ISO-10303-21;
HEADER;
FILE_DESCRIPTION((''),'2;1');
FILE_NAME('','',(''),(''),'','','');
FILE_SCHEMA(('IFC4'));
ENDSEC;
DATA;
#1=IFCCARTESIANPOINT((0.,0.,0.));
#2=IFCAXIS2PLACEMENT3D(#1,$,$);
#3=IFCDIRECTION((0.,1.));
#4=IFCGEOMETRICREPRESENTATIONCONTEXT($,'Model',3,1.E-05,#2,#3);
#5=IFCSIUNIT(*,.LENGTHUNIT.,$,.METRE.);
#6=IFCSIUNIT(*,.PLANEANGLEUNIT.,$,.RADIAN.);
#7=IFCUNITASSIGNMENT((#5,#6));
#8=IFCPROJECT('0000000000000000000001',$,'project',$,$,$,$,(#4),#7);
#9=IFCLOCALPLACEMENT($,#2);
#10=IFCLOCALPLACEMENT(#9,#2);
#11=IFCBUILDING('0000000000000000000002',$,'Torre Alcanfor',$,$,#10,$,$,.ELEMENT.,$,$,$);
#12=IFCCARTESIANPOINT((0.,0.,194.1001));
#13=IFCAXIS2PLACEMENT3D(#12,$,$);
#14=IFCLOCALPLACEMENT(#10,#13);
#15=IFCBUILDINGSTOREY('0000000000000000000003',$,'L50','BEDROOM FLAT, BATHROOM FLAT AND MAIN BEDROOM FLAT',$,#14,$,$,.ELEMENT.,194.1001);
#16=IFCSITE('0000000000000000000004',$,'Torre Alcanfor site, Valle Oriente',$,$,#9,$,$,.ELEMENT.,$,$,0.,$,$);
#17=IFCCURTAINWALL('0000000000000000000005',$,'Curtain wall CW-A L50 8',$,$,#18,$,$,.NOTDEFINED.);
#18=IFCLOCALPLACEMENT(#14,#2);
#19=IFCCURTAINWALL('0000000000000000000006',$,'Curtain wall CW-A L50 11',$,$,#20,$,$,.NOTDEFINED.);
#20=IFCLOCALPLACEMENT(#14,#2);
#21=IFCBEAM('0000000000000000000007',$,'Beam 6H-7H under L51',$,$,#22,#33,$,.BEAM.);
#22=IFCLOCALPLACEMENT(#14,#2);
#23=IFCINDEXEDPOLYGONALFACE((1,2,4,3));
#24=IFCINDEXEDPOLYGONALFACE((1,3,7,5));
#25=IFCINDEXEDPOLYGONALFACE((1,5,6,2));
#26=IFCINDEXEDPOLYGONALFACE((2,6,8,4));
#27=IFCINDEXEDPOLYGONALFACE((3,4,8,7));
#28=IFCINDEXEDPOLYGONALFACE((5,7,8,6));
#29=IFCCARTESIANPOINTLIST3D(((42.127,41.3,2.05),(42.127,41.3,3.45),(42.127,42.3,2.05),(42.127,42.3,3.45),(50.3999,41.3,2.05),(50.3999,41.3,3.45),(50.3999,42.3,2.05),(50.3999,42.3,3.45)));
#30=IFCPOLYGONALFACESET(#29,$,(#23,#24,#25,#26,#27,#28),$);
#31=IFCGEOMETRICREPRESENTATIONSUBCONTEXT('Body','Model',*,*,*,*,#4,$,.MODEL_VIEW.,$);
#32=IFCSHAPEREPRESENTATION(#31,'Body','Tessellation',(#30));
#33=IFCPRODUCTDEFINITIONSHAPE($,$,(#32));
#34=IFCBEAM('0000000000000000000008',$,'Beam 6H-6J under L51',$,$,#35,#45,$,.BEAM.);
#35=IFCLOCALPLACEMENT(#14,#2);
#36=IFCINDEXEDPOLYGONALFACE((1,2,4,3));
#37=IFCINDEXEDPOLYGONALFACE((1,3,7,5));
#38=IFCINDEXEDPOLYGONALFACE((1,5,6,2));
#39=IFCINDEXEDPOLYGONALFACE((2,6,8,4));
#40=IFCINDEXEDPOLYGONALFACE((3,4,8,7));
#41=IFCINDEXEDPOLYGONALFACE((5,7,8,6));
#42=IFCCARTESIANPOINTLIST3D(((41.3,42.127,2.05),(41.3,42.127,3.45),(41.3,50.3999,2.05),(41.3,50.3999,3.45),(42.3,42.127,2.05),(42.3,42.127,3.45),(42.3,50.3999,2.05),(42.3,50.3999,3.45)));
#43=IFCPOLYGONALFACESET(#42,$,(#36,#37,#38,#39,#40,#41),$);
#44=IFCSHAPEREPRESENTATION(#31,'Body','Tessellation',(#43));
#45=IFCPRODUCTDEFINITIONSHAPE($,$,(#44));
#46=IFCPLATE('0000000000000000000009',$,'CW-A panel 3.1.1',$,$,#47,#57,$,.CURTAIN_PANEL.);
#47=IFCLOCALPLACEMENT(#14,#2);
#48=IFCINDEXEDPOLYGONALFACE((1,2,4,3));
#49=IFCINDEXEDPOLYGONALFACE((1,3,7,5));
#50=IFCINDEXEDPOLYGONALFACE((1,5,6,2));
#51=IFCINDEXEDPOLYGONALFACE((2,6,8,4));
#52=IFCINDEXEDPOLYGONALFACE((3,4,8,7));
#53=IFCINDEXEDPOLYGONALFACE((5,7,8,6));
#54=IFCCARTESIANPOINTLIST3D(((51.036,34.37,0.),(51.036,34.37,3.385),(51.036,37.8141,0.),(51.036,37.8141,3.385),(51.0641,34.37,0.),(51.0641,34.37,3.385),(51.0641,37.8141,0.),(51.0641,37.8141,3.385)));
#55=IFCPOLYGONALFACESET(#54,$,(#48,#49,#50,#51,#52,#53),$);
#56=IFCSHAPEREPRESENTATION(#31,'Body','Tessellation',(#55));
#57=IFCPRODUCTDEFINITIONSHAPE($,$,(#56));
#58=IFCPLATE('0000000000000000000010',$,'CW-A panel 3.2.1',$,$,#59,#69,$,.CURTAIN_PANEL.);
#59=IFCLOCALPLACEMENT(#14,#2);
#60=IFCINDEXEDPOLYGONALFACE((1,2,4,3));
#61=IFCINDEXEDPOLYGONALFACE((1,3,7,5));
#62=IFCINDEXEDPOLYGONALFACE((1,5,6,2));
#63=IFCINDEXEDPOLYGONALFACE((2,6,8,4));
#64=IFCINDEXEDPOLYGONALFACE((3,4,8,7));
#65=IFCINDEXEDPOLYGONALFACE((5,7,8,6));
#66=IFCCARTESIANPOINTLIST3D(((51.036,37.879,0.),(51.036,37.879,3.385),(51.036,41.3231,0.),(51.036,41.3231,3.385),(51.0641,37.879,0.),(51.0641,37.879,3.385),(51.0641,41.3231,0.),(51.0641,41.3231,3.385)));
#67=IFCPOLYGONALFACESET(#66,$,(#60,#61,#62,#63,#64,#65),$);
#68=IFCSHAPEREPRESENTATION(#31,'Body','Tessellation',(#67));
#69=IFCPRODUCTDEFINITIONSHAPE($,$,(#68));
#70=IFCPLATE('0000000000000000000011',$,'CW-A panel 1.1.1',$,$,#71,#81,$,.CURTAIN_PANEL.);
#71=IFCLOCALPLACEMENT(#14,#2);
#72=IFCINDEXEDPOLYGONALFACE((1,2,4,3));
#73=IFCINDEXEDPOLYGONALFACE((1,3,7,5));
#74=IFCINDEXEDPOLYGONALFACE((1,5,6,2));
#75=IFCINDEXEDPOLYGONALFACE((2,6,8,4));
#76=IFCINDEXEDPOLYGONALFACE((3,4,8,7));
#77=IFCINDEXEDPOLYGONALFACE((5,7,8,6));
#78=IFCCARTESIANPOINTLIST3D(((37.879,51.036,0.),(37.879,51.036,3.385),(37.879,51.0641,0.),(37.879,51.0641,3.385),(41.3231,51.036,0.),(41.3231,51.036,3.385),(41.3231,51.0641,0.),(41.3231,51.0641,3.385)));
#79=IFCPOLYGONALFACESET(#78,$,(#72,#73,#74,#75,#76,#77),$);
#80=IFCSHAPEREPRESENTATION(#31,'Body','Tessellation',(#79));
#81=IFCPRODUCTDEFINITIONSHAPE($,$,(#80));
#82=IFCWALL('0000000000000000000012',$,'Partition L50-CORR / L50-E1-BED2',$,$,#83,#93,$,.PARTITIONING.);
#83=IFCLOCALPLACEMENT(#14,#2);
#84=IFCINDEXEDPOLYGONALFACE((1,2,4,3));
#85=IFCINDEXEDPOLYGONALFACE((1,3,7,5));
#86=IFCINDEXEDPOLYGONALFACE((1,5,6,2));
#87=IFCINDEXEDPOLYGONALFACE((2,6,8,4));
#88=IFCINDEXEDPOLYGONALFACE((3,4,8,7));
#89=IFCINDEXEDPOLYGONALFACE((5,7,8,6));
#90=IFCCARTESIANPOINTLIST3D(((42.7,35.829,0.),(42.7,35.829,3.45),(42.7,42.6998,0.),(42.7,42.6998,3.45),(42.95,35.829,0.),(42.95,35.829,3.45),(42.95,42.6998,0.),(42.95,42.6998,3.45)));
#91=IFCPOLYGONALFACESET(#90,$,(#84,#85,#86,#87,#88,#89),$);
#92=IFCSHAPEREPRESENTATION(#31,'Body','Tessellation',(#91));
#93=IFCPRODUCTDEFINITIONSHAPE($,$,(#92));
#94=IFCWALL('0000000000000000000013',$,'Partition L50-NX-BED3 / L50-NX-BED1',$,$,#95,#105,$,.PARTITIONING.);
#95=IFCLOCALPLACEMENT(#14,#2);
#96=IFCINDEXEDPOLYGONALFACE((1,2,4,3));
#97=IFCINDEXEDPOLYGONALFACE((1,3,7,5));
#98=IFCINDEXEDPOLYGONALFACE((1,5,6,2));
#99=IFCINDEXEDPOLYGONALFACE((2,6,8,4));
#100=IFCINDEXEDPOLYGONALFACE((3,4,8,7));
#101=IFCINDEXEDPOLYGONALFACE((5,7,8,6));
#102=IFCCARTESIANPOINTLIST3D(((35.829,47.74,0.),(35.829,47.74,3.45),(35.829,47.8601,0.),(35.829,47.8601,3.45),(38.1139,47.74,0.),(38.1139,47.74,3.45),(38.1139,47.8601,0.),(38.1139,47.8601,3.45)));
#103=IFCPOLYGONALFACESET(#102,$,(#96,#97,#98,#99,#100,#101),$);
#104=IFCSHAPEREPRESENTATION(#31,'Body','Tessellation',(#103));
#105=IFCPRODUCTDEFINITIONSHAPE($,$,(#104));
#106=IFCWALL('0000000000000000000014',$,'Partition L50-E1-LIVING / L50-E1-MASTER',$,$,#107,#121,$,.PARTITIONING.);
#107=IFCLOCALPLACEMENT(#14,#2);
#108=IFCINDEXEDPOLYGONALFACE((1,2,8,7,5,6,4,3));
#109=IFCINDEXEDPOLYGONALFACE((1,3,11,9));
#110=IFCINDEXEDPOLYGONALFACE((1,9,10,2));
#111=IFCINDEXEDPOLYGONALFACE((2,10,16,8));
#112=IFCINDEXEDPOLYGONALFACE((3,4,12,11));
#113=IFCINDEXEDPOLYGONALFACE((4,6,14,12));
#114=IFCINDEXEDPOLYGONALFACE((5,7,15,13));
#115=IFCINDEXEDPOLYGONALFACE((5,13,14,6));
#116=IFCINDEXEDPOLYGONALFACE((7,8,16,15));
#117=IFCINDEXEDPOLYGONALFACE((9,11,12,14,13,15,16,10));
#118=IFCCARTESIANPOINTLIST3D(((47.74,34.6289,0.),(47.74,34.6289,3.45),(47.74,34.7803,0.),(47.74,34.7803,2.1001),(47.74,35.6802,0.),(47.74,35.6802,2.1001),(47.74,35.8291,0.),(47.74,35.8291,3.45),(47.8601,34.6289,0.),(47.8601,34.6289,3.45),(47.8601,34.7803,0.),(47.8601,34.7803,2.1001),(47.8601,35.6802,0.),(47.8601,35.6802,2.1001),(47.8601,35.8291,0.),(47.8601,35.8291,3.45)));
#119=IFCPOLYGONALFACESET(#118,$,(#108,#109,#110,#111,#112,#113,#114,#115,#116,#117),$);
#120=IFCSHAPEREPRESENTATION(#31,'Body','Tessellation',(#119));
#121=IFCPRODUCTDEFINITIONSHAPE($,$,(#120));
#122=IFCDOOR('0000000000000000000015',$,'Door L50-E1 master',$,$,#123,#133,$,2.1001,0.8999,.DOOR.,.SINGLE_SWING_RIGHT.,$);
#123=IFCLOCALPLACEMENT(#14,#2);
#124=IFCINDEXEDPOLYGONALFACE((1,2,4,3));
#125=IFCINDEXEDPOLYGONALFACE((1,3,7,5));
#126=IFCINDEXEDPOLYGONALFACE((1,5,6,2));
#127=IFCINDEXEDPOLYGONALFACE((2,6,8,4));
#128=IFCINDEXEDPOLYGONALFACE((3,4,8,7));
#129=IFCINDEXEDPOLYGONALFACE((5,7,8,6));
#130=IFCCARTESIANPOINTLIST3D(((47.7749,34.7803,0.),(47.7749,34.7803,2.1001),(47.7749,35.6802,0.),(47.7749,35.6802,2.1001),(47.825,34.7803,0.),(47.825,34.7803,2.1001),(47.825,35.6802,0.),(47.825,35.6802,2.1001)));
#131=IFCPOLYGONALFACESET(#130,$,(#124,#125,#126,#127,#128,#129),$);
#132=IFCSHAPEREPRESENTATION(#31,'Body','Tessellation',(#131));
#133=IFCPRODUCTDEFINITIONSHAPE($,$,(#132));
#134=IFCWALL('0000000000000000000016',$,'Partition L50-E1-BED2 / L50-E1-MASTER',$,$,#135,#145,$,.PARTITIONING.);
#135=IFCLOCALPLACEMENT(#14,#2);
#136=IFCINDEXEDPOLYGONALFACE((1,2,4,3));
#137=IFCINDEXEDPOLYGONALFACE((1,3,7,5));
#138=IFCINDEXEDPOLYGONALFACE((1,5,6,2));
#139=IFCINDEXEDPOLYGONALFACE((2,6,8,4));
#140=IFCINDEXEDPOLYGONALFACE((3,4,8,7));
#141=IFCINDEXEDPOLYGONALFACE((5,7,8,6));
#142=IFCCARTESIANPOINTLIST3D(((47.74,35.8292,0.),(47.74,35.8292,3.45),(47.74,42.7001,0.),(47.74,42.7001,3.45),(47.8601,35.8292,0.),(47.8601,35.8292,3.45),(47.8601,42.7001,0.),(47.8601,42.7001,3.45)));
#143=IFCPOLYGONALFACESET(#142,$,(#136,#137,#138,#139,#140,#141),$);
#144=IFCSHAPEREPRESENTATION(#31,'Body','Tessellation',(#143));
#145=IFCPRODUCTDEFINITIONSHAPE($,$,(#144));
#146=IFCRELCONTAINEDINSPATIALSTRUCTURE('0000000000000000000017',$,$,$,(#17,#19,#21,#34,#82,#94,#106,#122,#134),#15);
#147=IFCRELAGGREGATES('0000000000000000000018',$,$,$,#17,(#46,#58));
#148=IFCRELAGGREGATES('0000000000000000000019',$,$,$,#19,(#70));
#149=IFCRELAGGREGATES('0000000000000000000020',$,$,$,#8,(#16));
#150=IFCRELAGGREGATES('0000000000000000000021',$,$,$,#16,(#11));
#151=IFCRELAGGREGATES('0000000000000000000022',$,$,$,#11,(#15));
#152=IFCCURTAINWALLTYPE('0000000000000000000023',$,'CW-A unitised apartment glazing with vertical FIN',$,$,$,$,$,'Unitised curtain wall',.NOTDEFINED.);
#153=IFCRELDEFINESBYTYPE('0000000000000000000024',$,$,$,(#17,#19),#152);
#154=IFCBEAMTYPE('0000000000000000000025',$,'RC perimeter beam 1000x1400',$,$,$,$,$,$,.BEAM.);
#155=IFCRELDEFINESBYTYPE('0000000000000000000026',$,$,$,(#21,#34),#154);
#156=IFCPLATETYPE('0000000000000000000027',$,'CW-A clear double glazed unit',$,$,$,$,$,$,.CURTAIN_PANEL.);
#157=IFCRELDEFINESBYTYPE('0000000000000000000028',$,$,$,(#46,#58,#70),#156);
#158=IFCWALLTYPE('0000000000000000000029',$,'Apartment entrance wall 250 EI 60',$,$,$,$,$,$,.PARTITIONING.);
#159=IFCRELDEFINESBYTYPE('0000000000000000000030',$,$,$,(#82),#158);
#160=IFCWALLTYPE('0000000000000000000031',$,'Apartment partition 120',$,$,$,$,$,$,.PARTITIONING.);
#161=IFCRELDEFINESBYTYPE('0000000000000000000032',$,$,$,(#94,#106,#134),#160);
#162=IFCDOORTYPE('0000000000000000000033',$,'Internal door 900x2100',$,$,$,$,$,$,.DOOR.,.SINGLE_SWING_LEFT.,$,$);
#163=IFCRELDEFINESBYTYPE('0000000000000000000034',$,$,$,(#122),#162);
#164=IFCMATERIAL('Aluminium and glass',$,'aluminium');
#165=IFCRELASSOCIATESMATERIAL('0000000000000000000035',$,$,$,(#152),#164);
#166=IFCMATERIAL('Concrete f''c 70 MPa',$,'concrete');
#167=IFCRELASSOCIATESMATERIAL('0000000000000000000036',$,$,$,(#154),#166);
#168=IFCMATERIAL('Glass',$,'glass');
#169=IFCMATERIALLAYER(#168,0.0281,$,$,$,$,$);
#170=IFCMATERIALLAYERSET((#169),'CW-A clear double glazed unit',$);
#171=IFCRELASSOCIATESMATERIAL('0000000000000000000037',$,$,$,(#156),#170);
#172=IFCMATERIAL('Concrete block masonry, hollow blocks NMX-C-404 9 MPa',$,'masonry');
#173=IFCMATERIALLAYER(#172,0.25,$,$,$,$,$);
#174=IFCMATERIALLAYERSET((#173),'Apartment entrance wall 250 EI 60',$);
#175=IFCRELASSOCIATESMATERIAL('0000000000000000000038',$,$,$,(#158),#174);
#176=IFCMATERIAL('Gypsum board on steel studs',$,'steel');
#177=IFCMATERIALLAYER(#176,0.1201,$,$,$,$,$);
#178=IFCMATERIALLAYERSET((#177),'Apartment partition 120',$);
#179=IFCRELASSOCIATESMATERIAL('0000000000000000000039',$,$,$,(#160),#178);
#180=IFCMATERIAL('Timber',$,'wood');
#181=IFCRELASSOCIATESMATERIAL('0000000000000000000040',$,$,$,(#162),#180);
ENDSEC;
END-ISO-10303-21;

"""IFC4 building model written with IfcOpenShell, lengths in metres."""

from ifc_helpers import new_model, si_unit, direction, frame, frame_2d, origin, origin_2d, place, context, subcontext, project, spatial, rectangle, extrude, material, layer, layer_set, material_profile, profile_set, type_object, element, fill, aggregate, save


model = new_model("IFC4")

# Units and contexts
model_context = context("Model", 3, precision=1e-05, world=origin(), true_north=direction((0.0, 1.0)))
body_context = subcontext(model_context, "Body", "Model", "MODEL_VIEW")
ifc_project = project(units=[si_unit("LENGTHUNIT", "METRE"), si_unit("PLANEANGLEUNIT", "RADIAN")], contexts=[model_context])

# Site, building, storey
site_placement = place(None, origin())
site = spatial("IfcSite", under=ifc_project, at=site_placement, Name="Torre Alcanfor site, Valle Oriente", CompositionType="ELEMENT", RefElevation=0.0)
building_placement = place(site_placement, origin())
building = spatial("IfcBuilding", under=site, at=building_placement, Name="Torre Alcanfor", CompositionType="ELEMENT")
storey_placement = place(building_placement, frame((0.0, 0.0, 194.1001)))
storey = spatial("IfcBuildingStorey", under=building, at=storey_placement, Name="L50", Description="BEDROOM FLAT, BATHROOM FLAT AND MAIN BEDROOM FLAT", CompositionType="ELEMENT", Elevation=194.1001)

# Curtain wall
ifc_material_1 = material(Name="Aluminium and glass", Category="aluminium")
curtain_wall_type = type_object("IfcCurtainWallType", Name="CW-A unitised apartment glazing with vertical FIN", ElementType="Unitised curtain wall", PredefinedType="NOTDEFINED", material=ifc_material_1)
curtain_wall_1_placement = place(storey_placement, origin())
curtain_wall_1 = element("IfcCurtainWall", 1, at=curtain_wall_1_placement, inside=storey, type_object=curtain_wall_type, Name="Curtain wall CW-A L50 8", PredefinedType="NOTDEFINED")

# Curtain wall
curtain_wall_2_placement = place(storey_placement, origin())
curtain_wall_2 = element("IfcCurtainWall", 2, at=curtain_wall_2_placement, inside=storey, type_object=curtain_wall_type, Name="Curtain wall CW-A L50 11", PredefinedType="NOTDEFINED")

# Beams
ifc_material_2 = material(Name="Concrete f'c 70 MPa", Category="concrete")
ifc_material_profile_1 = material_profile(ifc_material_2, rectangle(XDim=1.0, YDim=1.3999, at=origin_2d()), Name="1000x1400")
ifc_profile_set_1 = profile_set([ifc_material_profile_1], Name="Concrete f'c 70 MPa")
beam_type = type_object("IfcBeamType", Name="RC perimeter beam 1000x1400", PredefinedType="BEAM", material=ifc_profile_set_1)
for number, where, z_axis, x_axis, name in (
    (3, (42.127, 41.8, 2.75), (1.0, 0.0, 0.0), (0.0, 1.0, 0.0), "Beam 6H-7H under L51"),
    (4, (41.8, 42.127, 2.75), (0.0, 1.0, 0.0), (-1.0, 0.0, 0.0), "Beam 6H-6J under L51"),
):
    element("IfcBeam", number, at=place(storey_placement, frame(where, z_axis=z_axis, x_axis=x_axis)), inside=storey, type_object=beam_type, Name=name, PredefinedType="BEAM", context=body_context, shape_type="SweptSolid", body=[
        extrude(rectangle(XDim=1.0, YDim=1.3999, at=origin_2d()), origin(), (0.0, 0.0, 1.0), 8.2729),
    ])

# Plates
ifc_material_3 = material(Name="Glass", Category="glass")
ifc_layer_1 = layer(ifc_material_3, 0.0281)
ifc_layer_set_1 = layer_set([ifc_layer_1], Name="CW-A clear double glazed unit")
plate_type = type_object("IfcPlateType", Name="CW-A clear double glazed unit", PredefinedType="CURTAIN_PANEL", material=ifc_layer_set_1)
plate_1_placement = place(storey_placement, frame((51.05, 36.092, 0.0), z_axis=(0.0, 0.0, 1.0), x_axis=(0.0, 1.0, 0.0)))
plate_1 = element("IfcPlate", 5, at=plate_1_placement, type_object=plate_type, Name="CW-A panel 3.1.1", PredefinedType="CURTAIN_PANEL", context=body_context, shape_type="SweptSolid", body=[
    extrude(rectangle(XDim=3.4441, YDim=0.0281, at=origin_2d()), origin(), (0.0, 0.0, 1.0), 3.385),
])
plate_2_placement = place(storey_placement, frame((51.05, 39.6011, 0.0), z_axis=(0.0, 0.0, 1.0), x_axis=(0.0, 1.0, 0.0)))
plate_2 = element("IfcPlate", 6, at=plate_2_placement, type_object=plate_type, Name="CW-A panel 3.2.1", PredefinedType="CURTAIN_PANEL", context=body_context, shape_type="SweptSolid", body=[
    extrude(rectangle(XDim=3.4441, YDim=0.0281, at=origin_2d()), origin(), (0.0, 0.0, 1.0), 3.385),
])
aggregate(curtain_wall_1, [plate_1, plate_2])
plate_3_placement = place(storey_placement, frame((39.6011, 51.05, 0.0), z_axis=(0.0, 0.0, 1.0), x_axis=(-1.0, 0.0, 0.0)))
plate_3 = element("IfcPlate", 7, at=plate_3_placement, type_object=plate_type, Name="CW-A panel 1.1.1", PredefinedType="CURTAIN_PANEL", context=body_context, shape_type="SweptSolid", body=[
    extrude(rectangle(XDim=3.4441, YDim=0.0281, at=origin_2d()), origin(), (0.0, 0.0, 1.0), 3.385),
])
aggregate(curtain_wall_2, [plate_3])

# Walls
ifc_material_4 = material(Name="Concrete block masonry, hollow blocks NMX-C-404 9 MPa", Category="masonry")
ifc_layer_2 = layer(ifc_material_4, 0.25)
ifc_layer_set_2 = layer_set([ifc_layer_2], Name="Apartment entrance wall 250 EI 60")
wall_type_1 = type_object("IfcWallType", Name="Apartment entrance wall 250 EI 60", PredefinedType="PARTITIONING", material=ifc_layer_set_2)
wall_1_placement = place(storey_placement, frame((42.825, 42.7, 0.0), z_axis=(0.0, 0.0, 1.0), x_axis=(0.0, -1.0, 0.0)))
element("IfcWall", 8, at=wall_1_placement, inside=storey, type_object=wall_type_1, Name="Partition L50-CORR / L50-E1-BED2", PredefinedType="PARTITIONING", context=body_context, shape_type="SweptSolid", body=[
    extrude(rectangle(XDim=6.8708, YDim=0.25, at=frame_2d((3.4355, 0.0))), origin(), (0.0, 0.0, 1.0), 3.45),
])
ifc_material_5 = material(Name="Gypsum board on steel studs", Category="steel")
ifc_layer_3 = layer(ifc_material_5, 0.1201)
ifc_layer_set_3 = layer_set([ifc_layer_3], Name="Apartment partition 120")
wall_type_2 = type_object("IfcWallType", Name="Apartment partition 120", PredefinedType="PARTITIONING", material=ifc_layer_set_3)
wall_2_placement = place(storey_placement, frame((38.114, 47.8, 0.0), z_axis=(0.0, 0.0, 1.0), x_axis=(-1.0, 0.0, 0.0)))
element("IfcWall", 9, at=wall_2_placement, inside=storey, type_object=wall_type_2, Name="Partition L50-NX-BED3 / L50-NX-BED1", PredefinedType="PARTITIONING", context=body_context, shape_type="SweptSolid", body=[
    extrude(rectangle(XDim=2.2849, YDim=0.1201, at=frame_2d((1.1426, 0.0))), origin(), (0.0, 0.0, 1.0), 3.45),
])

# Wall, opening, door
wall_3_placement = place(storey_placement, frame((47.8, 35.8291, 0.0), z_axis=(0.0, 0.0, 1.0), x_axis=(0.0, -1.0, 0.0)))
wall_3 = element("IfcWall", 10, at=wall_3_placement, inside=storey, type_object=wall_type_2, Name="Partition L50-E1-LIVING / L50-E1-MASTER", PredefinedType="PARTITIONING", context=body_context, shape_type="SweptSolid", body=[
    extrude(rectangle(XDim=1.2002, YDim=0.1201, at=frame_2d((0.6001, 0.0))), origin(), (0.0, 0.0, 1.0), 3.45),
])
opening_1_placement = place(wall_3_placement, frame((0.1489, 0.0, 0.0)))
opening_1 = element("IfcOpeningElement", 11, at=opening_1_placement, cuts=wall_3, PredefinedType="OPENING", context=body_context, shape_type="SweptSolid", body=[
    extrude(rectangle(XDim=0.8999, YDim=2.1001, at=frame_2d((0.45, 1.05))), frame((0.0, 0.0701, 0.0), z_axis=(0.0, -1.0, 0.0), x_axis=(1.0, 0.0, 0.0)), (0.0, 0.0, 1.0), 0.1401),
])
ifc_material_6 = material(Name="Timber", Category="wood")
door_type_1 = type_object("IfcDoorType", Name="Internal door 900x2100", OperationType="SINGLE_SWING_LEFT", PredefinedType="DOOR", material=ifc_material_6)
door_1_placement = place(opening_1_placement, origin())
door_1 = element("IfcDoor", 12, at=door_1_placement, inside=storey, type_object=door_type_1, Name="Door L50-E1 master", OperationType="SINGLE_SWING_RIGHT", OverallHeight=2.1001, OverallWidth=0.8999, PredefinedType="DOOR", context=body_context, shape_type="SweptSolid", body=[
    extrude(rectangle(XDim=0.8999, YDim=2.1001, at=frame_2d((0.45, 1.05))), frame((0.0, 0.0249, 0.0), z_axis=(0.0, -1.0, 0.0), x_axis=(1.0, 0.0, 0.0)), (0.0, 0.0, 1.0), 0.05),
])
fill(opening_1, door_1)

# Wall
wall_4_placement = place(storey_placement, frame((47.8, 35.8291, 0.0), z_axis=(0.0, 0.0, 1.0), x_axis=(0.0, 1.0, 0.0)))
element("IfcWall", 13, at=wall_4_placement, inside=storey, type_object=wall_type_2, Name="Partition L50-E1-BED2 / L50-E1-MASTER", PredefinedType="PARTITIONING", context=body_context, shape_type="SweptSolid", body=[
    extrude(rectangle(XDim=6.8708, YDim=0.1201, at=frame_2d((3.4355, 0.0))), origin(), (0.0, 0.0, 1.0), 3.45),
])

save(model, "model.ifc")
